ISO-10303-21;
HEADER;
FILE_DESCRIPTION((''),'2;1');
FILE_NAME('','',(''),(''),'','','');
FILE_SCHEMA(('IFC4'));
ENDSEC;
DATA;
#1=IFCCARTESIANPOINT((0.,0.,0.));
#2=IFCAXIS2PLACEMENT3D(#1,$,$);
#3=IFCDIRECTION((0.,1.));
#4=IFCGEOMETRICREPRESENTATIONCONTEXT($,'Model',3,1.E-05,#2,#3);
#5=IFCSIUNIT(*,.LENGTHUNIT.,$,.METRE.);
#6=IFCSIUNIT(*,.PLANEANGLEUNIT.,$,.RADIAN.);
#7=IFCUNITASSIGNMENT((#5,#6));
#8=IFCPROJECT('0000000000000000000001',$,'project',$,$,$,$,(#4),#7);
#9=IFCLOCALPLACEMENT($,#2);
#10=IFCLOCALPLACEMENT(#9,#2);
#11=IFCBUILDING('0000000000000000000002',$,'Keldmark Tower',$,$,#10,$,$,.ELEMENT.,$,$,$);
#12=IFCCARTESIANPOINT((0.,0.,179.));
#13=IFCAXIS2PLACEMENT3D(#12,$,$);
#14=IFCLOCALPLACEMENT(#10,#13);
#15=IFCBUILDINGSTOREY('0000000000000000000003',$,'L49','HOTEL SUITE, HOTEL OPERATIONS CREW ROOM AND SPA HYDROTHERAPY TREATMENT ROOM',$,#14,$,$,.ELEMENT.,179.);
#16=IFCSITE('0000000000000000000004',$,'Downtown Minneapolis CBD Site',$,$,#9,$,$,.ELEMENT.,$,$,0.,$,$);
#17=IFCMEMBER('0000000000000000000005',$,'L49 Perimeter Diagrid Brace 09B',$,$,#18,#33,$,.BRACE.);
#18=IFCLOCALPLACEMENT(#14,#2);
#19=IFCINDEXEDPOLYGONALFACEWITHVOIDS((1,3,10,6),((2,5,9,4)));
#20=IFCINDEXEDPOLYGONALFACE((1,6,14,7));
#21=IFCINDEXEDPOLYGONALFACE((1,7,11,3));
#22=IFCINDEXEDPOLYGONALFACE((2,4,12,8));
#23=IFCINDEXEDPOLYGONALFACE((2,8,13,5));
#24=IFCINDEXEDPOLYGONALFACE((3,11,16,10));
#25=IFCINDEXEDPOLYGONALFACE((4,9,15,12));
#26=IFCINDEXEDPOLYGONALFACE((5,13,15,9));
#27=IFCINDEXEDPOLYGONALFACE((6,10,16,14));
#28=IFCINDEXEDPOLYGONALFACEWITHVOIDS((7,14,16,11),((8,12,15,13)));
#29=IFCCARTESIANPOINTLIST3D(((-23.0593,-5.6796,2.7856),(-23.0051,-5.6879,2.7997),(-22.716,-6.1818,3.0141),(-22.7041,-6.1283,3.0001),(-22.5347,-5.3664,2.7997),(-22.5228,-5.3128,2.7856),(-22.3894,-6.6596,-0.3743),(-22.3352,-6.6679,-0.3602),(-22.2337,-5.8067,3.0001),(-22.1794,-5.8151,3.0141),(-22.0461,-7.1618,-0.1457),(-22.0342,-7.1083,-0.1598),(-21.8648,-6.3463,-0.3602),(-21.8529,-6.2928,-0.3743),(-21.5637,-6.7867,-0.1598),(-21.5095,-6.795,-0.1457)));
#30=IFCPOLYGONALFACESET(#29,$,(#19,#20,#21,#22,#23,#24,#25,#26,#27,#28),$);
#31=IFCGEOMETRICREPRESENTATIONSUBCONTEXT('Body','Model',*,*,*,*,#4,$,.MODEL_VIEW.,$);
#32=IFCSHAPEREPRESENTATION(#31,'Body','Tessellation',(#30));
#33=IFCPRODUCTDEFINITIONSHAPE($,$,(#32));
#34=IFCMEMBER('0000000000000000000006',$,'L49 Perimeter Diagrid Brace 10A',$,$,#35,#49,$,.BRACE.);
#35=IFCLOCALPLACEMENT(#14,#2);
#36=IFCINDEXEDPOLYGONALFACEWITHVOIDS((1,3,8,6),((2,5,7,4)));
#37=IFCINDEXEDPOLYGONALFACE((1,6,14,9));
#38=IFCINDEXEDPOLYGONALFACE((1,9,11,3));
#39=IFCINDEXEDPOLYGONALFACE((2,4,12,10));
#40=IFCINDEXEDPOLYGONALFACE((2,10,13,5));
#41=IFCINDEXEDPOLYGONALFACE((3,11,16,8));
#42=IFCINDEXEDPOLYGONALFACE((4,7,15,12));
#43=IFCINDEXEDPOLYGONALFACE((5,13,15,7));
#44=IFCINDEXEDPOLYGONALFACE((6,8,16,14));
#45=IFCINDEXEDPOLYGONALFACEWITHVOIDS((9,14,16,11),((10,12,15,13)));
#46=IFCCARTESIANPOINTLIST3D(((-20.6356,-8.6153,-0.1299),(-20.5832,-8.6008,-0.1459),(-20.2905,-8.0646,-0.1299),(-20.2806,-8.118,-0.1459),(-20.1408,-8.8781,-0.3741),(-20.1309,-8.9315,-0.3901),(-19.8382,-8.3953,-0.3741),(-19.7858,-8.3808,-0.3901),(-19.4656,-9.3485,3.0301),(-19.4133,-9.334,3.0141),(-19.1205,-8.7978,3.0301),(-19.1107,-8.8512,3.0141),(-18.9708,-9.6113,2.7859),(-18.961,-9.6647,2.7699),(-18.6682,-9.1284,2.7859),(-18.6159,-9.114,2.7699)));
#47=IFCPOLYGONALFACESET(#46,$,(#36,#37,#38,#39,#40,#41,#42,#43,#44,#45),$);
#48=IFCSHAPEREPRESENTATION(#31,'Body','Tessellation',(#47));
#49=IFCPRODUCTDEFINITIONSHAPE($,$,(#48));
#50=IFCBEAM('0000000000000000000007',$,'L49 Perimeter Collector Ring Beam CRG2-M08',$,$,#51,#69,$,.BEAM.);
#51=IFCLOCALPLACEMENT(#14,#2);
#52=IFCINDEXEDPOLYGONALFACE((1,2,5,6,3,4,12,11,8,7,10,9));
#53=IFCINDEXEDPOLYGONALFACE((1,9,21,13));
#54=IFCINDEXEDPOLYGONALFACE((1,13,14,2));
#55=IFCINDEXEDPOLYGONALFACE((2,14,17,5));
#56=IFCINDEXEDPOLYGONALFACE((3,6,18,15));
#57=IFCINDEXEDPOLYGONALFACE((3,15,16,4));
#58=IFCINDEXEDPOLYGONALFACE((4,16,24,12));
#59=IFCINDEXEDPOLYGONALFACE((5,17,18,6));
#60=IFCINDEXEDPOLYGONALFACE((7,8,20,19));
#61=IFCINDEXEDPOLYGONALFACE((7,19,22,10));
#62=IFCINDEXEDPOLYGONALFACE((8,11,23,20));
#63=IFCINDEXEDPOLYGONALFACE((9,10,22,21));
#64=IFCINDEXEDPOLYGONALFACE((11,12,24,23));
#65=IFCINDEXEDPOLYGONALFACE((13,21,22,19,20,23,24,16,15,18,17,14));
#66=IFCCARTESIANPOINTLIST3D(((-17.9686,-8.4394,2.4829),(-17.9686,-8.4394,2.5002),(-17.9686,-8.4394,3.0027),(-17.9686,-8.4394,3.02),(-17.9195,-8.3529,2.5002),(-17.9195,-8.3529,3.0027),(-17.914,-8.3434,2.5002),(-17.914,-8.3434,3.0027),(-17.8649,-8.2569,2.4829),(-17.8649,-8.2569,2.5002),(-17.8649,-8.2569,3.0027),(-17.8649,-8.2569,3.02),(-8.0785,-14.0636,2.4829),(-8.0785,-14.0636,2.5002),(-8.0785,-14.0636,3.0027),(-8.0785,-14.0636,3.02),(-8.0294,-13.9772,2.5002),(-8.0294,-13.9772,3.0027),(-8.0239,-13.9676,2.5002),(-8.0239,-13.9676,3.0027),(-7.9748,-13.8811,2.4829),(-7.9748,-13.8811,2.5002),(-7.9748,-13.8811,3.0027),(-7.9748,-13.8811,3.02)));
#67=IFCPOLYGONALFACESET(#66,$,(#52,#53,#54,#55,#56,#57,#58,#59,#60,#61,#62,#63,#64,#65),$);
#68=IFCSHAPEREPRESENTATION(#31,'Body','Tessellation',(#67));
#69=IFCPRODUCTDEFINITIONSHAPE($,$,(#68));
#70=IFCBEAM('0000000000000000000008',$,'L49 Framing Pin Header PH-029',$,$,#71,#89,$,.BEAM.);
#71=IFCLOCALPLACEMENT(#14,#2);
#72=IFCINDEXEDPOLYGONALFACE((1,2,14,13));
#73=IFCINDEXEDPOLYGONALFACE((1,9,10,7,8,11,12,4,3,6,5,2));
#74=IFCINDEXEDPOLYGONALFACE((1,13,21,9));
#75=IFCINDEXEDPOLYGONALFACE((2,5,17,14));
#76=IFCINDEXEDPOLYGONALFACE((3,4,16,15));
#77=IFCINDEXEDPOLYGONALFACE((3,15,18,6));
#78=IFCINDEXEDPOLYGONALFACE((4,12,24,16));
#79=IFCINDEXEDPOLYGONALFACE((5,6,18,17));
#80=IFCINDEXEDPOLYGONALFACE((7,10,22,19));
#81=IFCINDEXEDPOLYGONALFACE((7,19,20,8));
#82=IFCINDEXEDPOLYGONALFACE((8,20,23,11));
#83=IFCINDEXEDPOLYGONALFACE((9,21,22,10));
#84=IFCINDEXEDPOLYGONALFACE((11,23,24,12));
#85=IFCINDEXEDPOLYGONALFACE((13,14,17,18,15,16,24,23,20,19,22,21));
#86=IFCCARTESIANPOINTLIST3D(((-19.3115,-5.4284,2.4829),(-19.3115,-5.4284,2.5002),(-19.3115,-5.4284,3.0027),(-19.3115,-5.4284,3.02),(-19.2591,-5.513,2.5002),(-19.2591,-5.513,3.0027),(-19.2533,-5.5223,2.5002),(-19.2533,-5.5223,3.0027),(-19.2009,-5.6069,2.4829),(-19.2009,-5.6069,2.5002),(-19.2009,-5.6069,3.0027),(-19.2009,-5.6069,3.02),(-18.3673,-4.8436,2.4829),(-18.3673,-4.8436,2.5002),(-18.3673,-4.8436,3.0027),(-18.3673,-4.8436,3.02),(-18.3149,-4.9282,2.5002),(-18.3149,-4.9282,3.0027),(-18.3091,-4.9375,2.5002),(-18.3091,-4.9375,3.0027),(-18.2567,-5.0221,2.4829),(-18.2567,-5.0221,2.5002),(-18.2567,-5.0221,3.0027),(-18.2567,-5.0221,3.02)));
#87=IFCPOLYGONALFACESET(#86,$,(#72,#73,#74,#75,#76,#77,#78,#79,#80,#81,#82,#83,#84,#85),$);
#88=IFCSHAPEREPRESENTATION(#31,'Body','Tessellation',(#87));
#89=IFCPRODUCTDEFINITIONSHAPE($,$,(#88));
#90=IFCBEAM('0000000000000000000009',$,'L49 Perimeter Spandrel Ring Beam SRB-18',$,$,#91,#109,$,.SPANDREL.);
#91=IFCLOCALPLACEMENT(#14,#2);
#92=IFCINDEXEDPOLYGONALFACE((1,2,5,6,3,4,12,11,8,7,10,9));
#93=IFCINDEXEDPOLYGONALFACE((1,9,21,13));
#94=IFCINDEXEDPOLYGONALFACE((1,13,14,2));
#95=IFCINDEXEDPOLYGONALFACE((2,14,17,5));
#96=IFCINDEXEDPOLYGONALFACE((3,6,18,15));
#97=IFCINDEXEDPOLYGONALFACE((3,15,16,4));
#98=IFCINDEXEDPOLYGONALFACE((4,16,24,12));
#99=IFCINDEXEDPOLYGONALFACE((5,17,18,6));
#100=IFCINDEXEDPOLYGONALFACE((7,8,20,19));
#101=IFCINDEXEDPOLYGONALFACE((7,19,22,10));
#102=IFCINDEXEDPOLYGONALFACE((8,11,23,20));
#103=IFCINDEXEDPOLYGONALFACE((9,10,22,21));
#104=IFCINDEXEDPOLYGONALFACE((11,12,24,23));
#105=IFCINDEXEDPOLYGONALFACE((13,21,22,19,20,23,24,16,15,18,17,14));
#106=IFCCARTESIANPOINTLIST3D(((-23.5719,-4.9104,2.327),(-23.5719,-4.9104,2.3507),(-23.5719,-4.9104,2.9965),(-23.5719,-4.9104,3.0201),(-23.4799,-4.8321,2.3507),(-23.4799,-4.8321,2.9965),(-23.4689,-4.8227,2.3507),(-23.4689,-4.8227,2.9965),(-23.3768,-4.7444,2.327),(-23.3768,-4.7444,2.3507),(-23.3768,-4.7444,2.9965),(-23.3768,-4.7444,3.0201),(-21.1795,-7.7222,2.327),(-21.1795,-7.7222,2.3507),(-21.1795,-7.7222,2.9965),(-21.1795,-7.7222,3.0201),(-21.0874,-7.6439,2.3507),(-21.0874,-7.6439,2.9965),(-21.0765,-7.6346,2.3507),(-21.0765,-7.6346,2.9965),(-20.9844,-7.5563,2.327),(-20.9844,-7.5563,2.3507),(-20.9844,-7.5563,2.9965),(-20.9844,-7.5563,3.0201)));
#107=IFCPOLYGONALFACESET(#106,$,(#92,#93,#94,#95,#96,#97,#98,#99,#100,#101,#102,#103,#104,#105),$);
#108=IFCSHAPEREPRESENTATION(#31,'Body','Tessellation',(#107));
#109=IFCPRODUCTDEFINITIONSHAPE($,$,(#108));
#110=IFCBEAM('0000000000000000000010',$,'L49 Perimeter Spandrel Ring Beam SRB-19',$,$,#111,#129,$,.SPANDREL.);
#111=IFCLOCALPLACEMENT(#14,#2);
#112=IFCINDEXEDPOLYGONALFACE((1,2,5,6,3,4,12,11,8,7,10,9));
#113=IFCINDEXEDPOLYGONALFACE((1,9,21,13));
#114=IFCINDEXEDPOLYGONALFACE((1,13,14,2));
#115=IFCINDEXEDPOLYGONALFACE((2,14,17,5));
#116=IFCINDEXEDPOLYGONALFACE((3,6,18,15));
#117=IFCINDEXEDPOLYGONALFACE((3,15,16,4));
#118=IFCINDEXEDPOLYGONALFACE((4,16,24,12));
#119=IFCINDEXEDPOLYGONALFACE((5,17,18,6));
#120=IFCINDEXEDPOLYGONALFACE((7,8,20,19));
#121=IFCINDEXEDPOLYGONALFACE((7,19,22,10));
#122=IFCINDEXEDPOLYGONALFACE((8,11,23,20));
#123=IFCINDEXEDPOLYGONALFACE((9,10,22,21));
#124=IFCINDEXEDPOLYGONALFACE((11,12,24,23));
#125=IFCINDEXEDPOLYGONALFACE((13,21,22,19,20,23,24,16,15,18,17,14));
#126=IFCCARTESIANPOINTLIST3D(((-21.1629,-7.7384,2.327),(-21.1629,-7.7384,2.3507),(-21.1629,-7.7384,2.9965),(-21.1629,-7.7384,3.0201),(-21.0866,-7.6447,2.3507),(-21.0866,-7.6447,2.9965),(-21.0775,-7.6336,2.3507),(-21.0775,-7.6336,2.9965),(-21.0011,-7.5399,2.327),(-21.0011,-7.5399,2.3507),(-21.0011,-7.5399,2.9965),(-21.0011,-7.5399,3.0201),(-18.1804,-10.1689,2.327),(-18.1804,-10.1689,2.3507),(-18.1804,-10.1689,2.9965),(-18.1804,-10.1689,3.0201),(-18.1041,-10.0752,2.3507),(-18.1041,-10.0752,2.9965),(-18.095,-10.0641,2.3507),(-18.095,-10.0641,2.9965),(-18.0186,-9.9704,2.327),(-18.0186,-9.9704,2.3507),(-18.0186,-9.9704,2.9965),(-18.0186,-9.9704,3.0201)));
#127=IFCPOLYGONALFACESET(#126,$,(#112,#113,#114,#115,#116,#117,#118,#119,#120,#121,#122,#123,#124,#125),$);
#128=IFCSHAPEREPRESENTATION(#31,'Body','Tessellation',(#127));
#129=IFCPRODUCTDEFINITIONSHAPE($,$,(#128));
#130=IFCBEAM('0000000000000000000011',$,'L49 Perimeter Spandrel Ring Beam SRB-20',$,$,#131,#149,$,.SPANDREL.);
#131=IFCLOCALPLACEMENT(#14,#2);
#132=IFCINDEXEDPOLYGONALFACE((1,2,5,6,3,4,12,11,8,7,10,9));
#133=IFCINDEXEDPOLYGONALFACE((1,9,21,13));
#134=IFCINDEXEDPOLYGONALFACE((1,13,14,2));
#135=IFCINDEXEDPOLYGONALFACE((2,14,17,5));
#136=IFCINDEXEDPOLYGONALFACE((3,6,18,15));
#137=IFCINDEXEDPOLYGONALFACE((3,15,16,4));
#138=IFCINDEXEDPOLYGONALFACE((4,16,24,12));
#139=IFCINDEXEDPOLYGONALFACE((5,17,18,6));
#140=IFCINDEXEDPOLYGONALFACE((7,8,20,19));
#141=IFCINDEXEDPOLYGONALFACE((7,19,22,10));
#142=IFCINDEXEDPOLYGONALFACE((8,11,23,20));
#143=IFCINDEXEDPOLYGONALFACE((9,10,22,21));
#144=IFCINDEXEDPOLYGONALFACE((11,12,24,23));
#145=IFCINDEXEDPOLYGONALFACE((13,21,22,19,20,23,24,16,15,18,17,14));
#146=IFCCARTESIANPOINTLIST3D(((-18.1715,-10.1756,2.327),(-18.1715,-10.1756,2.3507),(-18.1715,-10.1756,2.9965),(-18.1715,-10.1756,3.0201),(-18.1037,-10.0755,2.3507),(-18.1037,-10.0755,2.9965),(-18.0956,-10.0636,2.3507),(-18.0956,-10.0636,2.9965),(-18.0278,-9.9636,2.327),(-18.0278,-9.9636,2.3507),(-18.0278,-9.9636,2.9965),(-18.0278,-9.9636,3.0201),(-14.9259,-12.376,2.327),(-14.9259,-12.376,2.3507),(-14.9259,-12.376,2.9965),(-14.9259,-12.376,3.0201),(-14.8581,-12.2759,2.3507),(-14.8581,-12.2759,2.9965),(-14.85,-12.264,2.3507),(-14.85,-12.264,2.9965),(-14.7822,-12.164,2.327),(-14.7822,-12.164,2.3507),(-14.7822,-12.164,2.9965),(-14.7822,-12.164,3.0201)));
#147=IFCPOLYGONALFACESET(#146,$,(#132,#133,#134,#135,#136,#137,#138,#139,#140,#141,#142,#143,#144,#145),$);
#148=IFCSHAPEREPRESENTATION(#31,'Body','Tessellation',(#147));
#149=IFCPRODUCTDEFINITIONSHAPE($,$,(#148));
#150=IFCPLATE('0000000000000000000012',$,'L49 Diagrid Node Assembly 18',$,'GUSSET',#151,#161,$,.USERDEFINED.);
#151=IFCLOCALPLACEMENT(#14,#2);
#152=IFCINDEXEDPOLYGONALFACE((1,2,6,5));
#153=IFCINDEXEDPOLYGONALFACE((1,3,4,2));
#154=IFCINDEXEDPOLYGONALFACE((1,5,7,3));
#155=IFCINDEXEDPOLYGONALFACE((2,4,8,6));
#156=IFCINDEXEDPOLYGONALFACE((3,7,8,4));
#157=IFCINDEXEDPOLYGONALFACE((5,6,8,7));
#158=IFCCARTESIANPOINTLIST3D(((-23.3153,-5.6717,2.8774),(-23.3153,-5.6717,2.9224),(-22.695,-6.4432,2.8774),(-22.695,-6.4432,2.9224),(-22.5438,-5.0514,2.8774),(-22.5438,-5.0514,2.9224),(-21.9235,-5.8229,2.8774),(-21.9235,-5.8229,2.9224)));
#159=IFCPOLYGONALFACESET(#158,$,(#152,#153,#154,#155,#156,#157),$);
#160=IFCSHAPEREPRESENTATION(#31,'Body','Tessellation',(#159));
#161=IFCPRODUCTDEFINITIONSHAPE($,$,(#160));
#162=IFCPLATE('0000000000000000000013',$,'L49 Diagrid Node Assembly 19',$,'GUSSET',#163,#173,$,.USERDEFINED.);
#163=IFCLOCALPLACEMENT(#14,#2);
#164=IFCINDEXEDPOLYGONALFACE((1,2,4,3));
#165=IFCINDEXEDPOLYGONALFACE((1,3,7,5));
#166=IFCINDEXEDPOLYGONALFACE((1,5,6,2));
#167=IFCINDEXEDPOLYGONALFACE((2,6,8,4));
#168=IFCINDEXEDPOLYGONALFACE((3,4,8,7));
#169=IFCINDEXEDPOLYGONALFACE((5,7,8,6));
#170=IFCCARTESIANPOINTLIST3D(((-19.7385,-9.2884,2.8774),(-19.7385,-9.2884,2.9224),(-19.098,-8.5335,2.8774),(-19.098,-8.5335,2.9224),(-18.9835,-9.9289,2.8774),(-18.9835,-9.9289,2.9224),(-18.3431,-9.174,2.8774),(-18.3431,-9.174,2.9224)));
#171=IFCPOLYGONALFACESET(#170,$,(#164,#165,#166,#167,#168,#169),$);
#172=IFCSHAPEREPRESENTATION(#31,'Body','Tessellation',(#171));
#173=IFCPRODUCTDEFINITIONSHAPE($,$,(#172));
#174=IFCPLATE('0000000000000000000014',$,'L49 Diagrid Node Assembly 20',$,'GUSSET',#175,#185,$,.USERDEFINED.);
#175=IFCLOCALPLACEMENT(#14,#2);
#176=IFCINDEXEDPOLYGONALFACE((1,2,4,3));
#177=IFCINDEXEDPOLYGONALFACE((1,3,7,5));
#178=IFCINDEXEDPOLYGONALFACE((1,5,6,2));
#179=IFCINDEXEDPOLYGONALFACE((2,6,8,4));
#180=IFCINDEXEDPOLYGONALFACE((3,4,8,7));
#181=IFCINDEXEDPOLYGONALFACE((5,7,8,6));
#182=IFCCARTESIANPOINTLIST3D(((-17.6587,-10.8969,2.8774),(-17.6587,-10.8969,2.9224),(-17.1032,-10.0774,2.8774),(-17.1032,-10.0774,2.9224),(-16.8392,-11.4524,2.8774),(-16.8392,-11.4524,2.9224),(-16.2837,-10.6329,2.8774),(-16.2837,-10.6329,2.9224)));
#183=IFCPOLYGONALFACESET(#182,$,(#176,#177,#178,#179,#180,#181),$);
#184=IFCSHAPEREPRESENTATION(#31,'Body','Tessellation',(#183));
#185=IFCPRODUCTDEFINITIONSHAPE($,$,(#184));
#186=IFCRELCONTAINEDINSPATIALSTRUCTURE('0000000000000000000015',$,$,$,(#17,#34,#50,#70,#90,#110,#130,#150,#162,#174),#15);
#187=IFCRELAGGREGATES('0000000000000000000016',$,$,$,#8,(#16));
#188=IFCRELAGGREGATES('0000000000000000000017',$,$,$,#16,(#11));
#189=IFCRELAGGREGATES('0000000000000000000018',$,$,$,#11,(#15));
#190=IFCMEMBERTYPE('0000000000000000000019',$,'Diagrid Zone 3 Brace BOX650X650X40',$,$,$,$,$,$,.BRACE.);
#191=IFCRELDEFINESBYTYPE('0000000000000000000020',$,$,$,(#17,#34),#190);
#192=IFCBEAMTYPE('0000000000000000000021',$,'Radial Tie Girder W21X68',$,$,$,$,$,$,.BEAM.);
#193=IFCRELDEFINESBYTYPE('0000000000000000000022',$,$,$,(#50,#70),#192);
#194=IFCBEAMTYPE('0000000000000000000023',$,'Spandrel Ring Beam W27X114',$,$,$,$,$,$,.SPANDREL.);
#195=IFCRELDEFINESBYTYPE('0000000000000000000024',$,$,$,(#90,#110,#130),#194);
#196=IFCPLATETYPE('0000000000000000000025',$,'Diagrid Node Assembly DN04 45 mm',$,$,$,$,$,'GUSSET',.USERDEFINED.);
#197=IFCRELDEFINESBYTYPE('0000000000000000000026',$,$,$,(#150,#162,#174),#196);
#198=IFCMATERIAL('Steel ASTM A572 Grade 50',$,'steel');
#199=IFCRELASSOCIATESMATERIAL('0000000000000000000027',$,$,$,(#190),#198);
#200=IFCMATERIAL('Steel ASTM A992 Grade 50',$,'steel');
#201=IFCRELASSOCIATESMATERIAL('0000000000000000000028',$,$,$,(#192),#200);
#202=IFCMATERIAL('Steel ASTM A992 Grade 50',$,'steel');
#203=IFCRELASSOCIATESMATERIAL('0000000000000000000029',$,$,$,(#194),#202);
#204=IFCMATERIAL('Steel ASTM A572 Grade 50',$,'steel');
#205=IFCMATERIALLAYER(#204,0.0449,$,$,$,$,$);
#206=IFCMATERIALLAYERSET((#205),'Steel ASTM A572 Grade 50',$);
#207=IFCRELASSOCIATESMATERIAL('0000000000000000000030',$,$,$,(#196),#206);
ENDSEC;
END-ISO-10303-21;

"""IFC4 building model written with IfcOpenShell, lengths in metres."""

from ifc_helpers import new_model, si_unit, direction, frame, origin, origin_2d, place, context, subcontext, project, spatial, rectangle, hollow_rectangle, i_section, extrude, material, layer, layer_set, material_profile, profile_set, type_object, element, save


model = new_model("IFC4")

# Units and contexts
model_context = context("Model", 3, precision=1e-05, world=origin(), true_north=direction((0.0, 1.0)))
body_context = subcontext(model_context, "Body", "Model", "MODEL_VIEW")
ifc_project = project(units=[si_unit("LENGTHUNIT", "METRE"), si_unit("PLANEANGLEUNIT", "RADIAN")], contexts=[model_context])

# Site, building, storey
site_placement = place(None, origin())
site = spatial("IfcSite", under=ifc_project, at=site_placement, Name="Downtown Minneapolis CBD Site", CompositionType="ELEMENT", RefElevation=0.0)
building_placement = place(site_placement, origin())
building = spatial("IfcBuilding", under=site, at=building_placement, Name="Keldmark Tower", CompositionType="ELEMENT")
storey_placement = place(building_placement, frame((0.0, 0.0, 179.0)))
storey = spatial("IfcBuildingStorey", under=building, at=storey_placement, Name="L49", Description="HOTEL SUITE, HOTEL OPERATIONS CREW ROOM AND SPA HYDROTHERAPY TREATMENT ROOM", CompositionType="ELEMENT", Elevation=179.0)

# Members
ifc_material_1 = material(Name="Steel ASTM A572 Grade 50", Category="steel")
ifc_material_profile_1 = material_profile(ifc_material_1, hollow_rectangle(XDim=0.6499, YDim=0.6499, WallThickness=0.04, at=origin_2d()), Name="BOX650X650X40")
ifc_profile_set_1 = profile_set([ifc_material_profile_1], Name="Steel ASTM A572 Grade 50")
member_type = type_object("IfcMemberType", Name="Diagrid Zone 3 Brace BOX650X650X40", PredefinedType="BRACE", material=ifc_profile_set_1)
member_1_placement = place(storey_placement, frame((-21.9495, -6.7273, -0.26), z_axis=(-0.198464, 0.290319, 0.936123), x_axis=(-0.825539, -0.564345, 0.0)))
element("IfcMember", 1, at=member_1_placement, inside=storey, type_object=member_type, Name="L49 Perimeter Diagrid Brace 09B", PredefinedType="BRACE", context=body_context, shape_type="SweptSolid", body=[
    extrude(hollow_rectangle(XDim=0.6499, YDim=0.6499, WallThickness=0.04, at=origin_2d()), origin(), (0.0, 0.0, 1.0), 3.3755),
])
member_2_placement = place(storey_placement, frame((-20.2107, -8.498, -0.26), z_axis=(0.339268, -0.212609, 0.916349), x_axis=(0.531016, 0.847362, 0.0)))
element("IfcMember", 2, at=member_2_placement, inside=storey, type_object=member_type, Name="L49 Perimeter Diagrid Brace 10A", PredefinedType="BRACE", context=body_context, shape_type="SweptSolid", body=[
    extrude(hollow_rectangle(XDim=0.6499, YDim=0.6499, WallThickness=0.04, at=origin_2d()), origin(), (0.0, 0.0, 1.0), 3.4485),
])

# Beams
ifc_material_2 = material(Name="Steel ASTM A992 Grade 50", Category="steel")
ifc_material_profile_2 = material_profile(ifc_material_2, i_section(OverallWidth=0.21, OverallDepth=0.5371, WebThickness=0.011, FlangeThickness=0.0173, at=origin_2d()), Name="W21X68")
ifc_profile_set_2 = profile_set([ifc_material_profile_2], Name="Steel ASTM A992 Grade 50")
beam_type_1 = type_object("IfcBeamType", Name="Radial Tie Girder W21X68", PredefinedType="BEAM", material=ifc_profile_set_2)
beam_1_placement = place(storey_placement, frame((-17.9167, -8.3481, 2.7515), z_axis=(0.869273, -0.494333, 0.0), x_axis=(0.494333, 0.869273, 0.0)))
element("IfcBeam", 3, at=beam_1_placement, inside=storey, type_object=beam_type_1, Name="L49 Perimeter Collector Ring Beam CRG2-M08", PredefinedType="BEAM", context=body_context, shape_type="SweptSolid", body=[
    extrude(i_section(OverallWidth=0.21, OverallDepth=0.5371, WebThickness=0.011, FlangeThickness=0.0173, at=origin_2d()), origin(), (0.0, 0.0, 1.0), 11.3774),
])
beam_2_placement = place(storey_placement, frame((-18.312, -4.9329, 2.7515), z_axis=(-0.850153, -0.526536, 0.0), x_axis=(0.526536, -0.850153, 0.0)))
element("IfcBeam", 4, at=beam_2_placement, inside=storey, type_object=beam_type_1, Name="L49 Framing Pin Header PH-029", PredefinedType="BEAM", context=body_context, shape_type="SweptSolid", body=[
    extrude(i_section(OverallWidth=0.21, OverallDepth=0.5371, WebThickness=0.011, FlangeThickness=0.0173, at=origin_2d()), origin(), (0.0, 0.0, 1.0), 1.1106),
])
ifc_material_3 = material(Name="Steel ASTM A992 Grade 50", Category="steel")
ifc_material_profile_3 = material_profile(ifc_material_3, i_section(OverallWidth=0.2561, OverallDepth=0.6931, WebThickness=0.0144, FlangeThickness=0.0237, at=origin_2d()), Name="W27X114")
ifc_profile_set_3 = profile_set([ifc_material_profile_3], Name="Steel ASTM A992 Grade 50")
beam_type_2 = type_object("IfcBeamType", Name="Spandrel Ring Beam W27X114", PredefinedType="SPANDREL", material=ifc_profile_set_3)
beam_3_placement = place(storey_placement, frame((-23.4744, -4.8274, 2.6736), z_axis=(0.648015, -0.761628, 0.0), x_axis=(0.761628, 0.648015, 0.0)))
element("IfcBeam", 5, at=beam_3_placement, inside=storey, type_object=beam_type_2, Name="L49 Perimeter Spandrel Ring Beam SRB-18", PredefinedType="SPANDREL", context=body_context, shape_type="SweptSolid", body=[
    extrude(i_section(OverallWidth=0.2561, OverallDepth=0.6931, WebThickness=0.0144, FlangeThickness=0.0237, at=origin_2d()), origin(), (0.0, 0.0, 1.0), 3.6919),
])
beam_4_placement = place(storey_placement, frame((-21.082, -7.6392, 2.6736), z_axis=(0.775197, -0.63172, 0.0), x_axis=(0.63172, 0.775197, 0.0)))
element("IfcBeam", 6, at=beam_4_placement, inside=storey, type_object=beam_type_2, Name="L49 Perimeter Spandrel Ring Beam SRB-19", PredefinedType="SPANDREL", context=body_context, shape_type="SweptSolid", body=[
    extrude(i_section(OverallWidth=0.2561, OverallDepth=0.6931, WebThickness=0.0144, FlangeThickness=0.0237, at=origin_2d()), origin(), (0.0, 0.0, 1.0), 3.8474),
])
beam_5_placement = place(storey_placement, frame((-18.0996, -10.0696, 2.6736), z_axis=(0.827705, -0.561163, 0.0), x_axis=(0.561163, 0.827705, 0.0)))
element("IfcBeam", 7, at=beam_5_placement, inside=storey, type_object=beam_type_2, Name="L49 Perimeter Spandrel Ring Beam SRB-20", PredefinedType="SPANDREL", context=body_context, shape_type="SweptSolid", body=[
    extrude(i_section(OverallWidth=0.2561, OverallDepth=0.6931, WebThickness=0.0144, FlangeThickness=0.0237, at=origin_2d()), origin(), (0.0, 0.0, 1.0), 3.9211),
])

# Plates
ifc_material_4 = material(Name="Steel ASTM A572 Grade 50", Category="steel")
ifc_layer_1 = layer(ifc_material_4, 0.0449)
ifc_layer_set_1 = layer_set([ifc_layer_1], Name="Steel ASTM A572 Grade 50")
plate_type = type_object("IfcPlateType", Name="Diagrid Node Assembly DN04 45 mm", ElementType="GUSSET", PredefinedType="USERDEFINED", material=ifc_layer_set_1)
for number, where, z_axis, x_axis, name in (
    (8, (-22.6194, -5.7473, 2.8774), (0.0, 0.0, 1.0), (0.626604, -0.779338, 0.0), "L49 Diagrid Node Assembly 18"),
    (9, (-19.0408, -9.2312, 2.8774), (0.0, 0.0, 1.0), (0.762555, -0.646923, 0.0), "L49 Diagrid Node Assembly 19"),
    (10, (-16.9712, -10.7649, 2.8774), (0.0, 0.0, 1.0), (0.827767, -0.561072, 0.0), "L49 Diagrid Node Assembly 20"),
):
    element("IfcPlate", number, at=place(storey_placement, frame(where, z_axis=z_axis, x_axis=x_axis)), inside=storey, type_object=plate_type, Name=name, ObjectType="GUSSET", PredefinedType="USERDEFINED", context=body_context, shape_type="SweptSolid", body=[
        extrude(rectangle(XDim=0.99, YDim=0.99, at=origin_2d()), origin(), (0.0, 0.0, 1.0), 0.0449),
    ])

save(model, "model.ifc")
